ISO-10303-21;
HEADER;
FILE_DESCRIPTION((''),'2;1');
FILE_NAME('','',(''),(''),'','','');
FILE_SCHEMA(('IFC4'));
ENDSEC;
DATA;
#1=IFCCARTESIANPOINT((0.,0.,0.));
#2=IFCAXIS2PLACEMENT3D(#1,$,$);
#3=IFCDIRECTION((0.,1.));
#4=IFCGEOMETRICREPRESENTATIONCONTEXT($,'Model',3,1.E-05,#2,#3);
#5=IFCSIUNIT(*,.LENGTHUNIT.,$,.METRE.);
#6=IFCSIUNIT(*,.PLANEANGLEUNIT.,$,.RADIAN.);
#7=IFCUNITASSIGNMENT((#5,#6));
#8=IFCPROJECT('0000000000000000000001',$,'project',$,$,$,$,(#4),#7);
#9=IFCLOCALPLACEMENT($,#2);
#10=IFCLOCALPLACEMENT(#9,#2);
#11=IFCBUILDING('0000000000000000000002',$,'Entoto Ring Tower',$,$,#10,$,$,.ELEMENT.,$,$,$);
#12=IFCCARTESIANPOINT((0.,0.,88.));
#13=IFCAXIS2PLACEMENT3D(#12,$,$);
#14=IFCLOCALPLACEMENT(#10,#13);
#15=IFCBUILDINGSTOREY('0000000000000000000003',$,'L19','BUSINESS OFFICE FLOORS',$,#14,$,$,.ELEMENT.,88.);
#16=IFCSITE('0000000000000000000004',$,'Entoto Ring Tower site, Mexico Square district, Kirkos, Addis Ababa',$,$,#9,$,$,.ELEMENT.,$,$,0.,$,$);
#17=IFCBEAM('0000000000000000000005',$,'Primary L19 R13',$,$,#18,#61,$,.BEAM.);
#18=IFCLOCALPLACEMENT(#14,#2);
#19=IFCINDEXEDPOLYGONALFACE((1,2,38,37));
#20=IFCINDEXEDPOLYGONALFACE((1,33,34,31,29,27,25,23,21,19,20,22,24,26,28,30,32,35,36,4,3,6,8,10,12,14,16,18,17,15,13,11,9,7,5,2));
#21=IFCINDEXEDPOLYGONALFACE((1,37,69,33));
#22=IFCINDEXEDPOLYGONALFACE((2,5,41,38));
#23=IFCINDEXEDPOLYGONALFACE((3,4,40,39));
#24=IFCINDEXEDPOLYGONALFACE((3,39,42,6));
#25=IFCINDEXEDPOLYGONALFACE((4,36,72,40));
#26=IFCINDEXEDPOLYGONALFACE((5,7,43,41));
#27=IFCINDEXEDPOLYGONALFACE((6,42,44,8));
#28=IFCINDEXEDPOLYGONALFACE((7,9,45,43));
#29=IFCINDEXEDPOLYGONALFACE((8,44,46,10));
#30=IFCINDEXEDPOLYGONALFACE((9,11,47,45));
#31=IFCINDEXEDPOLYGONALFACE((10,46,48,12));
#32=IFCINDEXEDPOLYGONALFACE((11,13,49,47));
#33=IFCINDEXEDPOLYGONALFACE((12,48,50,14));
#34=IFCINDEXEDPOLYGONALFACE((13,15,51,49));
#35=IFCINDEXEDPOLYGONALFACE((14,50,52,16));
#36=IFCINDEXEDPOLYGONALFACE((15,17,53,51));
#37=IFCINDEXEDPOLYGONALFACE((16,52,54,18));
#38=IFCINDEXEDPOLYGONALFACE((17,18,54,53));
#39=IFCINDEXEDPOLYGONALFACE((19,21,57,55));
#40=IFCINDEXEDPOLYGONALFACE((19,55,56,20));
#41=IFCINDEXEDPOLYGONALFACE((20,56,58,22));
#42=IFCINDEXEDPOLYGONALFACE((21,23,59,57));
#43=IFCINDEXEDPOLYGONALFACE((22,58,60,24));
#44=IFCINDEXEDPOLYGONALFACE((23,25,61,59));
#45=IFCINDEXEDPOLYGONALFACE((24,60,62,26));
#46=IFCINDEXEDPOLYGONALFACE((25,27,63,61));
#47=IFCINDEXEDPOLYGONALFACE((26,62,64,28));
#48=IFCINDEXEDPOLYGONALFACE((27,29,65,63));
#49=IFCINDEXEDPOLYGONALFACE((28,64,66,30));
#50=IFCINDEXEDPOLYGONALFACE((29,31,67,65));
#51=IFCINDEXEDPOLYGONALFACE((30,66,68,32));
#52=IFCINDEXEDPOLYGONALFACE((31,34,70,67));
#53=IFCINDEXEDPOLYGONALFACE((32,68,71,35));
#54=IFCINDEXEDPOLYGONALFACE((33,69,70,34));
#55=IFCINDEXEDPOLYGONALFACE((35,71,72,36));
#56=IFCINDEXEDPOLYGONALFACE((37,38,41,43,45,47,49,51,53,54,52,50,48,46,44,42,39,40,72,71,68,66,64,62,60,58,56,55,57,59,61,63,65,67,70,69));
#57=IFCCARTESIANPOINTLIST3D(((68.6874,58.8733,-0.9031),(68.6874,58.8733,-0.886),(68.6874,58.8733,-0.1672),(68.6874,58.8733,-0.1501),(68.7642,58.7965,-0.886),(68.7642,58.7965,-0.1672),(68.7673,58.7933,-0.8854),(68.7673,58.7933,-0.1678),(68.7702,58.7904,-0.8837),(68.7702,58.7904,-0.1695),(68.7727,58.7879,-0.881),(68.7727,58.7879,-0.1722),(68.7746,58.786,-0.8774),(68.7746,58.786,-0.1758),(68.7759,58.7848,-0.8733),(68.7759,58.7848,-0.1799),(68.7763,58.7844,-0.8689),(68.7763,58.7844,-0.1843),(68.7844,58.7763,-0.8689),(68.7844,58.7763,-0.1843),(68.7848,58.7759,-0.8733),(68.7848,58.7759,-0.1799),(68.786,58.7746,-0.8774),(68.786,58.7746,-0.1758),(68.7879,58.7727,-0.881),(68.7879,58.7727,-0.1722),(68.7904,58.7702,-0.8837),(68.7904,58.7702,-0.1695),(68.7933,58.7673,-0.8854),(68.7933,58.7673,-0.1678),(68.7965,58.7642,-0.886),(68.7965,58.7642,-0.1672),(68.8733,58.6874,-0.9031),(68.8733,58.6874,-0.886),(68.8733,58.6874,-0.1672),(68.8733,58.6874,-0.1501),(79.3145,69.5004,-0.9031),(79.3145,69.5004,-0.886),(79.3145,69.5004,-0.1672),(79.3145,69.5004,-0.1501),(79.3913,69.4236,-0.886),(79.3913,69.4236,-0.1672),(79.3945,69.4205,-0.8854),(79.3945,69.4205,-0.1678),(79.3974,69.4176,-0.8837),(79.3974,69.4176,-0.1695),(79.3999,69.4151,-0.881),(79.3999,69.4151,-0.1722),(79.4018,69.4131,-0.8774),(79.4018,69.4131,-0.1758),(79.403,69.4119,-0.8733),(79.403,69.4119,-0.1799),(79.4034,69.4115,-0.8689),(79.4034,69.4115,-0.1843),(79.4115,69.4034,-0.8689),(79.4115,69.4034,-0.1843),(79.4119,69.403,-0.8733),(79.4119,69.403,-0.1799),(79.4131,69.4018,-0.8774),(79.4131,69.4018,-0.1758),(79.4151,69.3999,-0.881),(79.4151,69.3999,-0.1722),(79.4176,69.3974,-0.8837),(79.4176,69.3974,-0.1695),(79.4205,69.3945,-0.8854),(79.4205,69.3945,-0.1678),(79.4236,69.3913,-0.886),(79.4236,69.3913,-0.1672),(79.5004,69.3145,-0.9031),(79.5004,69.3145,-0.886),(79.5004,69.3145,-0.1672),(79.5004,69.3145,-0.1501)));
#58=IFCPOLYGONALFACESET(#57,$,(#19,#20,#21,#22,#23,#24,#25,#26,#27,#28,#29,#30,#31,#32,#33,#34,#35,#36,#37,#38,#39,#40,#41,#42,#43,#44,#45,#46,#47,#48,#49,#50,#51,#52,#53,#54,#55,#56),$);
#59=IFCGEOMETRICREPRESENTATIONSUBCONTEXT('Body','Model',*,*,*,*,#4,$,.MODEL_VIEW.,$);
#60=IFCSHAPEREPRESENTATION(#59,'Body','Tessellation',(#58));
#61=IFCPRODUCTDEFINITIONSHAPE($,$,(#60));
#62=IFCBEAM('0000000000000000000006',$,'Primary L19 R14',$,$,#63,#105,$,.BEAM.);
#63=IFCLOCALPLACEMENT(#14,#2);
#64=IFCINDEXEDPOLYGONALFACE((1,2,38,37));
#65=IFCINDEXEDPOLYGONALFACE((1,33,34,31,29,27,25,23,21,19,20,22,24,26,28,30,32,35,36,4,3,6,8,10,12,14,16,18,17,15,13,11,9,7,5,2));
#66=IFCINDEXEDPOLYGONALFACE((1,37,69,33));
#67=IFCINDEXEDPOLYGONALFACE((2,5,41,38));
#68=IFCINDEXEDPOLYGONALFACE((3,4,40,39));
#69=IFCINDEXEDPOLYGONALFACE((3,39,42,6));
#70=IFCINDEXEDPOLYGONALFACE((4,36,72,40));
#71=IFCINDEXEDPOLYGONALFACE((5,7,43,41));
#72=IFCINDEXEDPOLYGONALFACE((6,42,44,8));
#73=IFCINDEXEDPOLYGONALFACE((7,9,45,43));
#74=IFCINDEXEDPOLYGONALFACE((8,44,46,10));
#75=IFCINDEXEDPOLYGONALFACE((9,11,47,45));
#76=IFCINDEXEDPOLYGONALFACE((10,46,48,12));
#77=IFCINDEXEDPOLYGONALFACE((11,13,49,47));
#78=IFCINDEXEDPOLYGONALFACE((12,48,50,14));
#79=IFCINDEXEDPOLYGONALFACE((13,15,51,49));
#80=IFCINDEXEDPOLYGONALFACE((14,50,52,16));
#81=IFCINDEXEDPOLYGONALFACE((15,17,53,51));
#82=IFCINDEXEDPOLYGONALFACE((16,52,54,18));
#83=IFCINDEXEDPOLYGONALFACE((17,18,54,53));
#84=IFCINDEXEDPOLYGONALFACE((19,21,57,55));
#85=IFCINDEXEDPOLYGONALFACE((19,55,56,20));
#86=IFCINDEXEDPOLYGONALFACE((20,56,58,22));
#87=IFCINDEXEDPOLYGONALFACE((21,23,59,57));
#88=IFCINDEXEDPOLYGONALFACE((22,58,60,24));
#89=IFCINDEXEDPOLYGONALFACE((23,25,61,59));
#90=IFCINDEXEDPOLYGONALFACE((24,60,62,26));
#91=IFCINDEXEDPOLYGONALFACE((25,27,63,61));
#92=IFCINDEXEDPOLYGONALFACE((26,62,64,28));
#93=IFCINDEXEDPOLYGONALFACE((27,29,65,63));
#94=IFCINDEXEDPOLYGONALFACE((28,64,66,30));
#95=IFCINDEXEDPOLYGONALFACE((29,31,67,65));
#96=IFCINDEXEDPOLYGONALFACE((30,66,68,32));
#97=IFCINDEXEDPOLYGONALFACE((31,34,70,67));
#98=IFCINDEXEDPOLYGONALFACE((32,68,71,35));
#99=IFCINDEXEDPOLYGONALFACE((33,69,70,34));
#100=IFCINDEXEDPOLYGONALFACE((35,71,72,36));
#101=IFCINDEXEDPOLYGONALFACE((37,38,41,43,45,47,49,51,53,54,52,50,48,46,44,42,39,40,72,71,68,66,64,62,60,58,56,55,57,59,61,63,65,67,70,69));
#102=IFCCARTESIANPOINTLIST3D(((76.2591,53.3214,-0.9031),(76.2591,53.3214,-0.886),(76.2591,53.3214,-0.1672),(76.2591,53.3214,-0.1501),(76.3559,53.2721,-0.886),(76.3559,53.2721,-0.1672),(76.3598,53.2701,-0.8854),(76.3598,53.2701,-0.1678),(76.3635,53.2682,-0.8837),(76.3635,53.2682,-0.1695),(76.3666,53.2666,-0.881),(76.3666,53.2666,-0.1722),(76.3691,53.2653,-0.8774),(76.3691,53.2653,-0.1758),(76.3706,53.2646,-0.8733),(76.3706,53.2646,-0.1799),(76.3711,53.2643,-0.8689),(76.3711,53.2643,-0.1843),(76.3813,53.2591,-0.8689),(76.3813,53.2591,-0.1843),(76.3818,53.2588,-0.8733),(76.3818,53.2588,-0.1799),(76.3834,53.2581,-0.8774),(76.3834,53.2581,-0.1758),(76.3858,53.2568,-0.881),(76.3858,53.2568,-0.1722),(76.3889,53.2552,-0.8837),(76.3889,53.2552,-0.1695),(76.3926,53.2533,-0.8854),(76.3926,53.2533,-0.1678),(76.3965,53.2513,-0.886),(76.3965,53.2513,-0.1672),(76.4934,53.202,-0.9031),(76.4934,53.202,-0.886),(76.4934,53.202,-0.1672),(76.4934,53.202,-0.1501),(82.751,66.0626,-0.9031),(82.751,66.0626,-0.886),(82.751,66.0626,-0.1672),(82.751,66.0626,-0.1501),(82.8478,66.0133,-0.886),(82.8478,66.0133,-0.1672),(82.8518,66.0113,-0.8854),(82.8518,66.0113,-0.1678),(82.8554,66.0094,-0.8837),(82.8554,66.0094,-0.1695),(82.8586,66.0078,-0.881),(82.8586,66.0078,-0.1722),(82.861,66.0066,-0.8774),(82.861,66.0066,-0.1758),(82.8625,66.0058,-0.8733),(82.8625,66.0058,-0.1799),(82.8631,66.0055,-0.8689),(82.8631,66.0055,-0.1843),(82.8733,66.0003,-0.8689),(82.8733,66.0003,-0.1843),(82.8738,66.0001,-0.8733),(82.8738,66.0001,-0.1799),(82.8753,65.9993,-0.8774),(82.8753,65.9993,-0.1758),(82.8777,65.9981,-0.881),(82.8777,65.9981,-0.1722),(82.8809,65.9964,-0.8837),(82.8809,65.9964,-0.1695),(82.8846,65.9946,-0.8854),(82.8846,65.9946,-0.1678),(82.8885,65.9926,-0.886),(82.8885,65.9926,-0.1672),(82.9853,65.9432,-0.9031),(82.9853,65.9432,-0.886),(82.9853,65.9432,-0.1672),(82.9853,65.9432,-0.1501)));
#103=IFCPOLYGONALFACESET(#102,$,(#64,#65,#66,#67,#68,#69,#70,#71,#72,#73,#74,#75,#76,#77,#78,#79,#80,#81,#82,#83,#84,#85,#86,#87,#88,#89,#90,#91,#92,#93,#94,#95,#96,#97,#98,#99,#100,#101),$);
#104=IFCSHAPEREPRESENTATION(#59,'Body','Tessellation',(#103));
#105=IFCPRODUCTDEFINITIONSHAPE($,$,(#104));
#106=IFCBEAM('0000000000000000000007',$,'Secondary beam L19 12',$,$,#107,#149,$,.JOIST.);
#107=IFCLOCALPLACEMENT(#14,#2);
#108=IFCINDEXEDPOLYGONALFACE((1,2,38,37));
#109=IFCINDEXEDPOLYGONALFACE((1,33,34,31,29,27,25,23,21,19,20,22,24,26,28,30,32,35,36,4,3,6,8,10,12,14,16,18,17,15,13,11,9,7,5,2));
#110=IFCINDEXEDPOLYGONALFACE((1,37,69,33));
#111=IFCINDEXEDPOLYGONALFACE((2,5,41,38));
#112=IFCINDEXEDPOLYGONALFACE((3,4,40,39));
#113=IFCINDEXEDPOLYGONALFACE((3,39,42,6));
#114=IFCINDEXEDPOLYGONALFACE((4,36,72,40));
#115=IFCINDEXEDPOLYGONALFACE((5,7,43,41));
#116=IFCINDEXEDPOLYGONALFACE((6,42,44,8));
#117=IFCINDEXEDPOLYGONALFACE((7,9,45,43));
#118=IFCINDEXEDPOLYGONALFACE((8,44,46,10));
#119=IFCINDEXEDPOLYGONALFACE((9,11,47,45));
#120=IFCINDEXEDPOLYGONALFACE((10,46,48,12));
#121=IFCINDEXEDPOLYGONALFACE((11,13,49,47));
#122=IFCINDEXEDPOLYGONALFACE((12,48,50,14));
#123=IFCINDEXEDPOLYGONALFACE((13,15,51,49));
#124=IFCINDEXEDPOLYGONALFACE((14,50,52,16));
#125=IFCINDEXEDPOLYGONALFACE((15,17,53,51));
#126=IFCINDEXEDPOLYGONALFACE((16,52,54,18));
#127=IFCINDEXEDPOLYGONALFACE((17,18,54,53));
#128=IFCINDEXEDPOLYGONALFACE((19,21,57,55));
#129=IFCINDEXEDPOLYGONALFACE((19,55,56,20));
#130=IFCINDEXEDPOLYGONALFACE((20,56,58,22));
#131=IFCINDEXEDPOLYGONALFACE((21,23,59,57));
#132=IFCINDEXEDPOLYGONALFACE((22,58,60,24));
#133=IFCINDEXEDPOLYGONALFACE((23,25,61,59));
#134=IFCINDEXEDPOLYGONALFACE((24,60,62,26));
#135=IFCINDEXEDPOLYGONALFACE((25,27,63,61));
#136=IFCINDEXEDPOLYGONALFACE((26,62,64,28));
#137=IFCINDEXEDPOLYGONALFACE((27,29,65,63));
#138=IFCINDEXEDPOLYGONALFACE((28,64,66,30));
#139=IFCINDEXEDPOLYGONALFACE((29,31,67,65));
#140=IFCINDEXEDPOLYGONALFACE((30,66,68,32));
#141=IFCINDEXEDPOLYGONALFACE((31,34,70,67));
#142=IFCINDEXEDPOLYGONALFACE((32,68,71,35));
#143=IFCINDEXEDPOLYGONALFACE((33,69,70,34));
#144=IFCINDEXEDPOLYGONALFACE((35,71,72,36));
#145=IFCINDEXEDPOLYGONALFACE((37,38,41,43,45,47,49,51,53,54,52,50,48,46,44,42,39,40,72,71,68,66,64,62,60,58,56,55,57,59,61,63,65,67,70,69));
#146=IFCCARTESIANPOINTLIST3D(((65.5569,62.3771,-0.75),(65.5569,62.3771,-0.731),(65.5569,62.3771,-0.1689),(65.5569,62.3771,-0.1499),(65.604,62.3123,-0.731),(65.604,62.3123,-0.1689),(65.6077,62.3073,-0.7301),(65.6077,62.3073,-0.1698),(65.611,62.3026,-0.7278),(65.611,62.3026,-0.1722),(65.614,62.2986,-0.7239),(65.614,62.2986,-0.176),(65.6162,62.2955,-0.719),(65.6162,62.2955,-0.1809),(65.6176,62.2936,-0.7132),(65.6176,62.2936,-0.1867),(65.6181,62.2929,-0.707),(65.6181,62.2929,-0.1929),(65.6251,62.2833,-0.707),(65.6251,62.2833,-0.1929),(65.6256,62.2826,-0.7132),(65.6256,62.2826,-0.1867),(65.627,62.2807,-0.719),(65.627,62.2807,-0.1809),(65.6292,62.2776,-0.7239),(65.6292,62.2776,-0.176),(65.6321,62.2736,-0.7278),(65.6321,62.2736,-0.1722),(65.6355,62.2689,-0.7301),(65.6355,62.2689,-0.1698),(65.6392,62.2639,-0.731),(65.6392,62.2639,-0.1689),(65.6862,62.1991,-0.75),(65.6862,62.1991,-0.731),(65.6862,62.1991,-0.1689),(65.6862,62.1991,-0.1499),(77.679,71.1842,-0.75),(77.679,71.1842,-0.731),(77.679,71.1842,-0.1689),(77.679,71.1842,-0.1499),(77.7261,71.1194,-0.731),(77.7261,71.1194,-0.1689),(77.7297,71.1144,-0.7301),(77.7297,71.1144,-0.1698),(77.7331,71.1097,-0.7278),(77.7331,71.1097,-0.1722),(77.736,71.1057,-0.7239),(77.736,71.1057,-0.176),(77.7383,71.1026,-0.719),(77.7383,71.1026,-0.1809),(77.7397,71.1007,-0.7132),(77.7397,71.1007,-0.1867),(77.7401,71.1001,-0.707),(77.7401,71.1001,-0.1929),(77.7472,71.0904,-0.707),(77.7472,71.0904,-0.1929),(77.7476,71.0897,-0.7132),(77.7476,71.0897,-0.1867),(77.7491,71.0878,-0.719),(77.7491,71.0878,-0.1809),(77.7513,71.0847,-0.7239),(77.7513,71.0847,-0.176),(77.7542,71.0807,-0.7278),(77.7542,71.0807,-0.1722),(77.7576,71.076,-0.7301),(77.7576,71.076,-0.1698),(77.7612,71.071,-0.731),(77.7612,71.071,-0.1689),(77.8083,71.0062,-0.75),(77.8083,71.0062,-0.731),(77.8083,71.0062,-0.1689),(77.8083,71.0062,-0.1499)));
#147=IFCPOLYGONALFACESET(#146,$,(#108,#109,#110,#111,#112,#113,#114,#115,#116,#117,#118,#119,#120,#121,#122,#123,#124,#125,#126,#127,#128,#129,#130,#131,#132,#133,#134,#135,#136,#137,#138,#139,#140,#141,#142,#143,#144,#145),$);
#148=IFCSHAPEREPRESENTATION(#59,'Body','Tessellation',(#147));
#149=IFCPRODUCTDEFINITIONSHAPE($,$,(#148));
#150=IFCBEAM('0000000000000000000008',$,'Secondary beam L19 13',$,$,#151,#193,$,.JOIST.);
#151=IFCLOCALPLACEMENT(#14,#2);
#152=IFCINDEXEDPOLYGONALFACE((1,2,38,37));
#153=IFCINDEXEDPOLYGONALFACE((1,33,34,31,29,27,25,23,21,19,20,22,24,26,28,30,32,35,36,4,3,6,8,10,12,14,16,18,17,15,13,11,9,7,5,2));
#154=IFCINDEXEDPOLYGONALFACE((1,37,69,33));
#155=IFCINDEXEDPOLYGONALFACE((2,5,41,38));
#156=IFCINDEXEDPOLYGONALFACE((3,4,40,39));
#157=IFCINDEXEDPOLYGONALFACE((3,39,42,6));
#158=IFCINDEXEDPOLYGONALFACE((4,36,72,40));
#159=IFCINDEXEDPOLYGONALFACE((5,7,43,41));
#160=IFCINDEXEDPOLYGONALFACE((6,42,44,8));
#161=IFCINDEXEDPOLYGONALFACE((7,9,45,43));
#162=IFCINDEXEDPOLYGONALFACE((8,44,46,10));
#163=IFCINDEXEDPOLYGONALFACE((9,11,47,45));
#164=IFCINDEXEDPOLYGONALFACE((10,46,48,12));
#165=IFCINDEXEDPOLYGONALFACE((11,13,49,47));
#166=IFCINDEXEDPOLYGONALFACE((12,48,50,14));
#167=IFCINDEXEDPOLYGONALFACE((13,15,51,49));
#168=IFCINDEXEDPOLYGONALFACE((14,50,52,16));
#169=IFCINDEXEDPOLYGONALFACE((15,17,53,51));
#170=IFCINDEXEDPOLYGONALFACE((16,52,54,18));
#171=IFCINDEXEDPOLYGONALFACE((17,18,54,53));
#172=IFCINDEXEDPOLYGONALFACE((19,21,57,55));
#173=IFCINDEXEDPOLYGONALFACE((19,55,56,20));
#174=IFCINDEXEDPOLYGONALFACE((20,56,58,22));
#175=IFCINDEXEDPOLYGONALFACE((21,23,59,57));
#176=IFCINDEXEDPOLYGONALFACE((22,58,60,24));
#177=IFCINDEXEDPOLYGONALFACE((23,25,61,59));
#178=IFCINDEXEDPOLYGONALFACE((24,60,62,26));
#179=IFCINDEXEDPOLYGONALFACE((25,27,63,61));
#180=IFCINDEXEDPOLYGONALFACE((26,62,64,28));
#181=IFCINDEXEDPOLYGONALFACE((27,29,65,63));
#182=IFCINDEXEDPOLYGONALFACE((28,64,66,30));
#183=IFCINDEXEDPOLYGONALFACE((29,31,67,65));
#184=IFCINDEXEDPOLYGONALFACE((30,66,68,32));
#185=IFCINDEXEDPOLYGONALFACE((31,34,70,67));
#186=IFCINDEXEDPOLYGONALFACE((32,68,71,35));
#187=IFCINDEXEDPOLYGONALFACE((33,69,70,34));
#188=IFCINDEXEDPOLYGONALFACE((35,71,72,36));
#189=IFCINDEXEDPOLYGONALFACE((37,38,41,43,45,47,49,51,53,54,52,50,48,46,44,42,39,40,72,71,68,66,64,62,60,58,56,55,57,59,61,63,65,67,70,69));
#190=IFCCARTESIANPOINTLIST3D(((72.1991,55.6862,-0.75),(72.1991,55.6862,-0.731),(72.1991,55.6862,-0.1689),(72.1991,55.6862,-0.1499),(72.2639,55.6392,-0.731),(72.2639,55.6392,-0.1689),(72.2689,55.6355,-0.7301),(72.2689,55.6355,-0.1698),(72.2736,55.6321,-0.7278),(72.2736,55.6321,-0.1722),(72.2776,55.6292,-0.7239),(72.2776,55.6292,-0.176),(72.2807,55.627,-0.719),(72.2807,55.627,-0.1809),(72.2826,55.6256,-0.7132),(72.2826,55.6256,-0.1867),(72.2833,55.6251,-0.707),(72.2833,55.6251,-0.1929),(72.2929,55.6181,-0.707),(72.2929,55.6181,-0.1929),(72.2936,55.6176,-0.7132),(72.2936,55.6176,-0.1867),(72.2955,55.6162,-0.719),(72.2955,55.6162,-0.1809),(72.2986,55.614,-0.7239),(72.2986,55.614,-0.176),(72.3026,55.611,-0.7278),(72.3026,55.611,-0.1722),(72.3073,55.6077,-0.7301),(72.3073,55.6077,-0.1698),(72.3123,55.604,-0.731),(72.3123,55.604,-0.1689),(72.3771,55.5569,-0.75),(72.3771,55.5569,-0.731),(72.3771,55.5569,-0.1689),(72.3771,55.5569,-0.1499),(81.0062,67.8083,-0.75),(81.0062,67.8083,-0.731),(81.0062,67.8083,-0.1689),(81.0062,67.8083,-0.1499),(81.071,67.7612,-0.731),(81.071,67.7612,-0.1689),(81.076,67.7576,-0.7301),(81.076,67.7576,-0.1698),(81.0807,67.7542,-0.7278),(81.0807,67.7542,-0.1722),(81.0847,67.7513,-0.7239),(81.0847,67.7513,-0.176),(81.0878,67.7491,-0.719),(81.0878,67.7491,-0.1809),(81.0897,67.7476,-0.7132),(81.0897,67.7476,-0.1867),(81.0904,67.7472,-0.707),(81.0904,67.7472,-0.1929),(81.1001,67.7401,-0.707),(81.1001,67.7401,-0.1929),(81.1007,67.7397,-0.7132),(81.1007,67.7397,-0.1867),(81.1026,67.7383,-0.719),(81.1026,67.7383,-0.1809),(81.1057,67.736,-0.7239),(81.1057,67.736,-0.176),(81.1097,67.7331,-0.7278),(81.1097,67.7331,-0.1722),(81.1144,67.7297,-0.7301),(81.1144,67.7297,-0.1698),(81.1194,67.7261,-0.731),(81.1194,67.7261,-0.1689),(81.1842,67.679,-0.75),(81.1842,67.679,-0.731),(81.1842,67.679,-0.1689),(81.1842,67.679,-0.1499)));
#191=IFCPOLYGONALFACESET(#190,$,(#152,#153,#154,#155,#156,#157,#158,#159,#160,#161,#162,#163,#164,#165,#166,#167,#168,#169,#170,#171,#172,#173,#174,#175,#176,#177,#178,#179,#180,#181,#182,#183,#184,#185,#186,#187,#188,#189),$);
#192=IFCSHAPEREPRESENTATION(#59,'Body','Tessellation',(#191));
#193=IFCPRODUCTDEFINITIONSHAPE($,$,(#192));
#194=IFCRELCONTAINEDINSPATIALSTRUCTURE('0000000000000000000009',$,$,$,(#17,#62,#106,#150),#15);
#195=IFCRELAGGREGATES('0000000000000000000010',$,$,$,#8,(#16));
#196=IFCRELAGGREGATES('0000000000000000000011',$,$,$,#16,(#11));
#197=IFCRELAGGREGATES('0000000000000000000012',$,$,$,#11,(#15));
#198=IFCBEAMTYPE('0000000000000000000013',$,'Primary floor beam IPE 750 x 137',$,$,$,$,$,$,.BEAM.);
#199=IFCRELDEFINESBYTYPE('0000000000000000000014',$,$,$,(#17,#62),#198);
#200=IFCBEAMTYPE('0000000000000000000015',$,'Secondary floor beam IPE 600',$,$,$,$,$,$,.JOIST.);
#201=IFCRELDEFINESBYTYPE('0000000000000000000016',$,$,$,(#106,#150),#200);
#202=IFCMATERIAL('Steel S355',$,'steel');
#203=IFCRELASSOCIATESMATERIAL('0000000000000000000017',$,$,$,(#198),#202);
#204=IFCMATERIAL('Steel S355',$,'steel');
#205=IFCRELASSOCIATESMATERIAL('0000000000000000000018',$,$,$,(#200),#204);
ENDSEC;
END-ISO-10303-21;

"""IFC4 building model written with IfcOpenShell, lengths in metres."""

from ifc_helpers import new_model, si_unit, direction, frame, origin, origin_2d, place, context, subcontext, project, spatial, i_section, extrude, material, material_profile, profile_set, type_object, element, save


model = new_model("IFC4")

# Units and contexts
model_context = context("Model", 3, precision=1e-05, world=origin(), true_north=direction((0.0, 1.0)))
body_context = subcontext(model_context, "Body", "Model", "MODEL_VIEW")
ifc_project = project(units=[si_unit("LENGTHUNIT", "METRE"), si_unit("PLANEANGLEUNIT", "RADIAN")], contexts=[model_context])

# Site, building, storey
site_placement = place(None, origin())
site = spatial("IfcSite", under=ifc_project, at=site_placement, Name="Entoto Ring Tower site, Mexico Square district, Kirkos, Addis Ababa", CompositionType="ELEMENT", RefElevation=0.0)
building_placement = place(site_placement, origin())
building = spatial("IfcBuilding", under=site, at=building_placement, Name="Entoto Ring Tower", CompositionType="ELEMENT")
storey_placement = place(building_placement, frame((0.0, 0.0, 88.0)))
storey = spatial("IfcBuildingStorey", under=building, at=storey_placement, Name="L19", Description="BUSINESS OFFICE FLOORS", CompositionType="ELEMENT", Elevation=88.0)

# Beams
ifc_material_1 = material(Name="Steel S355", Category="steel")
ifc_material_profile_1 = material_profile(ifc_material_1, i_section(OverallWidth=0.2629, OverallDepth=0.7529, WebThickness=0.0115, FlangeThickness=0.0171, FilletRadius=0.0171, at=origin_2d()), Name="IPE 750 x 137")
ifc_profile_set_1 = profile_set([ifc_material_profile_1], Name="Steel S355")
beam_type_1 = type_object("IfcBeamType", Name="Primary floor beam IPE 750 x 137", PredefinedType="BEAM", material=ifc_profile_set_1)
beam_1_placement = place(storey_placement, frame((79.4075, 69.4075, -0.5266), z_axis=(-0.707107, -0.707107, 0.0), x_axis=(0.707107, -0.707107, 0.0)))
element("IfcBeam", 1, at=beam_1_placement, inside=storey, type_object=beam_type_1, Name="Primary L19 R13", PredefinedType="BEAM", context=body_context, shape_type="SweptSolid", body=[
    extrude(i_section(OverallWidth=0.2629, OverallDepth=0.7529, WebThickness=0.0115, FlangeThickness=0.0171, FilletRadius=0.0171, at=origin_2d()), origin(), (0.0, 0.0, 1.0), 15.0291),
])
beam_2_placement = place(storey_placement, frame((82.8682, 66.0029, -0.5266), z_axis=(-0.453989, -0.891007, 0.0), x_axis=(0.891007, -0.453989, 0.0)))
element("IfcBeam", 2, at=beam_2_placement, inside=storey, type_object=beam_type_1, Name="Primary L19 R14", PredefinedType="BEAM", context=body_context, shape_type="SweptSolid", body=[
    extrude(i_section(OverallWidth=0.2629, OverallDepth=0.7529, WebThickness=0.0115, FlangeThickness=0.0171, FilletRadius=0.0171, at=origin_2d()), origin(), (0.0, 0.0, 1.0), 14.2998),
])
ifc_material_2 = material(Name="Steel S355", Category="steel")
ifc_material_profile_2 = material_profile(ifc_material_2, i_section(OverallWidth=0.22, OverallDepth=0.6001, WebThickness=0.012, FlangeThickness=0.019, FilletRadius=0.0239, at=origin_2d()), Name="IPE 600")
ifc_profile_set_2 = profile_set([ifc_material_profile_2], Name="Steel S355")
beam_type_2 = type_object("IfcBeamType", Name="Secondary floor beam IPE 600", PredefinedType="JOIST", material=ifc_profile_set_2)
for number, where, z_axis, x_axis, name in (
    (3, (77.7437, 71.0952, -0.45), (-0.809019, -0.587782, 0.0), (0.587782, -0.809019, 0.0), "Secondary beam L19 12"),
    (4, (81.0952, 67.7437, -0.45), (-0.587782, -0.809019, 0.0), (0.809019, -0.587782, 0.0), "Secondary beam L19 13"),
):
    element("IfcBeam", number, at=place(storey_placement, frame(where, z_axis=z_axis, x_axis=x_axis)), inside=storey, type_object=beam_type_2, Name=name, PredefinedType="JOIST", context=body_context, shape_type="SweptSolid", body=[
        extrude(i_section(OverallWidth=0.22, OverallDepth=0.6001, WebThickness=0.012, FlangeThickness=0.019, FilletRadius=0.0239, at=origin_2d()), origin(), (0.0, 0.0, 1.0), 14.9836),
    ])

save(model, "model.ifc")
